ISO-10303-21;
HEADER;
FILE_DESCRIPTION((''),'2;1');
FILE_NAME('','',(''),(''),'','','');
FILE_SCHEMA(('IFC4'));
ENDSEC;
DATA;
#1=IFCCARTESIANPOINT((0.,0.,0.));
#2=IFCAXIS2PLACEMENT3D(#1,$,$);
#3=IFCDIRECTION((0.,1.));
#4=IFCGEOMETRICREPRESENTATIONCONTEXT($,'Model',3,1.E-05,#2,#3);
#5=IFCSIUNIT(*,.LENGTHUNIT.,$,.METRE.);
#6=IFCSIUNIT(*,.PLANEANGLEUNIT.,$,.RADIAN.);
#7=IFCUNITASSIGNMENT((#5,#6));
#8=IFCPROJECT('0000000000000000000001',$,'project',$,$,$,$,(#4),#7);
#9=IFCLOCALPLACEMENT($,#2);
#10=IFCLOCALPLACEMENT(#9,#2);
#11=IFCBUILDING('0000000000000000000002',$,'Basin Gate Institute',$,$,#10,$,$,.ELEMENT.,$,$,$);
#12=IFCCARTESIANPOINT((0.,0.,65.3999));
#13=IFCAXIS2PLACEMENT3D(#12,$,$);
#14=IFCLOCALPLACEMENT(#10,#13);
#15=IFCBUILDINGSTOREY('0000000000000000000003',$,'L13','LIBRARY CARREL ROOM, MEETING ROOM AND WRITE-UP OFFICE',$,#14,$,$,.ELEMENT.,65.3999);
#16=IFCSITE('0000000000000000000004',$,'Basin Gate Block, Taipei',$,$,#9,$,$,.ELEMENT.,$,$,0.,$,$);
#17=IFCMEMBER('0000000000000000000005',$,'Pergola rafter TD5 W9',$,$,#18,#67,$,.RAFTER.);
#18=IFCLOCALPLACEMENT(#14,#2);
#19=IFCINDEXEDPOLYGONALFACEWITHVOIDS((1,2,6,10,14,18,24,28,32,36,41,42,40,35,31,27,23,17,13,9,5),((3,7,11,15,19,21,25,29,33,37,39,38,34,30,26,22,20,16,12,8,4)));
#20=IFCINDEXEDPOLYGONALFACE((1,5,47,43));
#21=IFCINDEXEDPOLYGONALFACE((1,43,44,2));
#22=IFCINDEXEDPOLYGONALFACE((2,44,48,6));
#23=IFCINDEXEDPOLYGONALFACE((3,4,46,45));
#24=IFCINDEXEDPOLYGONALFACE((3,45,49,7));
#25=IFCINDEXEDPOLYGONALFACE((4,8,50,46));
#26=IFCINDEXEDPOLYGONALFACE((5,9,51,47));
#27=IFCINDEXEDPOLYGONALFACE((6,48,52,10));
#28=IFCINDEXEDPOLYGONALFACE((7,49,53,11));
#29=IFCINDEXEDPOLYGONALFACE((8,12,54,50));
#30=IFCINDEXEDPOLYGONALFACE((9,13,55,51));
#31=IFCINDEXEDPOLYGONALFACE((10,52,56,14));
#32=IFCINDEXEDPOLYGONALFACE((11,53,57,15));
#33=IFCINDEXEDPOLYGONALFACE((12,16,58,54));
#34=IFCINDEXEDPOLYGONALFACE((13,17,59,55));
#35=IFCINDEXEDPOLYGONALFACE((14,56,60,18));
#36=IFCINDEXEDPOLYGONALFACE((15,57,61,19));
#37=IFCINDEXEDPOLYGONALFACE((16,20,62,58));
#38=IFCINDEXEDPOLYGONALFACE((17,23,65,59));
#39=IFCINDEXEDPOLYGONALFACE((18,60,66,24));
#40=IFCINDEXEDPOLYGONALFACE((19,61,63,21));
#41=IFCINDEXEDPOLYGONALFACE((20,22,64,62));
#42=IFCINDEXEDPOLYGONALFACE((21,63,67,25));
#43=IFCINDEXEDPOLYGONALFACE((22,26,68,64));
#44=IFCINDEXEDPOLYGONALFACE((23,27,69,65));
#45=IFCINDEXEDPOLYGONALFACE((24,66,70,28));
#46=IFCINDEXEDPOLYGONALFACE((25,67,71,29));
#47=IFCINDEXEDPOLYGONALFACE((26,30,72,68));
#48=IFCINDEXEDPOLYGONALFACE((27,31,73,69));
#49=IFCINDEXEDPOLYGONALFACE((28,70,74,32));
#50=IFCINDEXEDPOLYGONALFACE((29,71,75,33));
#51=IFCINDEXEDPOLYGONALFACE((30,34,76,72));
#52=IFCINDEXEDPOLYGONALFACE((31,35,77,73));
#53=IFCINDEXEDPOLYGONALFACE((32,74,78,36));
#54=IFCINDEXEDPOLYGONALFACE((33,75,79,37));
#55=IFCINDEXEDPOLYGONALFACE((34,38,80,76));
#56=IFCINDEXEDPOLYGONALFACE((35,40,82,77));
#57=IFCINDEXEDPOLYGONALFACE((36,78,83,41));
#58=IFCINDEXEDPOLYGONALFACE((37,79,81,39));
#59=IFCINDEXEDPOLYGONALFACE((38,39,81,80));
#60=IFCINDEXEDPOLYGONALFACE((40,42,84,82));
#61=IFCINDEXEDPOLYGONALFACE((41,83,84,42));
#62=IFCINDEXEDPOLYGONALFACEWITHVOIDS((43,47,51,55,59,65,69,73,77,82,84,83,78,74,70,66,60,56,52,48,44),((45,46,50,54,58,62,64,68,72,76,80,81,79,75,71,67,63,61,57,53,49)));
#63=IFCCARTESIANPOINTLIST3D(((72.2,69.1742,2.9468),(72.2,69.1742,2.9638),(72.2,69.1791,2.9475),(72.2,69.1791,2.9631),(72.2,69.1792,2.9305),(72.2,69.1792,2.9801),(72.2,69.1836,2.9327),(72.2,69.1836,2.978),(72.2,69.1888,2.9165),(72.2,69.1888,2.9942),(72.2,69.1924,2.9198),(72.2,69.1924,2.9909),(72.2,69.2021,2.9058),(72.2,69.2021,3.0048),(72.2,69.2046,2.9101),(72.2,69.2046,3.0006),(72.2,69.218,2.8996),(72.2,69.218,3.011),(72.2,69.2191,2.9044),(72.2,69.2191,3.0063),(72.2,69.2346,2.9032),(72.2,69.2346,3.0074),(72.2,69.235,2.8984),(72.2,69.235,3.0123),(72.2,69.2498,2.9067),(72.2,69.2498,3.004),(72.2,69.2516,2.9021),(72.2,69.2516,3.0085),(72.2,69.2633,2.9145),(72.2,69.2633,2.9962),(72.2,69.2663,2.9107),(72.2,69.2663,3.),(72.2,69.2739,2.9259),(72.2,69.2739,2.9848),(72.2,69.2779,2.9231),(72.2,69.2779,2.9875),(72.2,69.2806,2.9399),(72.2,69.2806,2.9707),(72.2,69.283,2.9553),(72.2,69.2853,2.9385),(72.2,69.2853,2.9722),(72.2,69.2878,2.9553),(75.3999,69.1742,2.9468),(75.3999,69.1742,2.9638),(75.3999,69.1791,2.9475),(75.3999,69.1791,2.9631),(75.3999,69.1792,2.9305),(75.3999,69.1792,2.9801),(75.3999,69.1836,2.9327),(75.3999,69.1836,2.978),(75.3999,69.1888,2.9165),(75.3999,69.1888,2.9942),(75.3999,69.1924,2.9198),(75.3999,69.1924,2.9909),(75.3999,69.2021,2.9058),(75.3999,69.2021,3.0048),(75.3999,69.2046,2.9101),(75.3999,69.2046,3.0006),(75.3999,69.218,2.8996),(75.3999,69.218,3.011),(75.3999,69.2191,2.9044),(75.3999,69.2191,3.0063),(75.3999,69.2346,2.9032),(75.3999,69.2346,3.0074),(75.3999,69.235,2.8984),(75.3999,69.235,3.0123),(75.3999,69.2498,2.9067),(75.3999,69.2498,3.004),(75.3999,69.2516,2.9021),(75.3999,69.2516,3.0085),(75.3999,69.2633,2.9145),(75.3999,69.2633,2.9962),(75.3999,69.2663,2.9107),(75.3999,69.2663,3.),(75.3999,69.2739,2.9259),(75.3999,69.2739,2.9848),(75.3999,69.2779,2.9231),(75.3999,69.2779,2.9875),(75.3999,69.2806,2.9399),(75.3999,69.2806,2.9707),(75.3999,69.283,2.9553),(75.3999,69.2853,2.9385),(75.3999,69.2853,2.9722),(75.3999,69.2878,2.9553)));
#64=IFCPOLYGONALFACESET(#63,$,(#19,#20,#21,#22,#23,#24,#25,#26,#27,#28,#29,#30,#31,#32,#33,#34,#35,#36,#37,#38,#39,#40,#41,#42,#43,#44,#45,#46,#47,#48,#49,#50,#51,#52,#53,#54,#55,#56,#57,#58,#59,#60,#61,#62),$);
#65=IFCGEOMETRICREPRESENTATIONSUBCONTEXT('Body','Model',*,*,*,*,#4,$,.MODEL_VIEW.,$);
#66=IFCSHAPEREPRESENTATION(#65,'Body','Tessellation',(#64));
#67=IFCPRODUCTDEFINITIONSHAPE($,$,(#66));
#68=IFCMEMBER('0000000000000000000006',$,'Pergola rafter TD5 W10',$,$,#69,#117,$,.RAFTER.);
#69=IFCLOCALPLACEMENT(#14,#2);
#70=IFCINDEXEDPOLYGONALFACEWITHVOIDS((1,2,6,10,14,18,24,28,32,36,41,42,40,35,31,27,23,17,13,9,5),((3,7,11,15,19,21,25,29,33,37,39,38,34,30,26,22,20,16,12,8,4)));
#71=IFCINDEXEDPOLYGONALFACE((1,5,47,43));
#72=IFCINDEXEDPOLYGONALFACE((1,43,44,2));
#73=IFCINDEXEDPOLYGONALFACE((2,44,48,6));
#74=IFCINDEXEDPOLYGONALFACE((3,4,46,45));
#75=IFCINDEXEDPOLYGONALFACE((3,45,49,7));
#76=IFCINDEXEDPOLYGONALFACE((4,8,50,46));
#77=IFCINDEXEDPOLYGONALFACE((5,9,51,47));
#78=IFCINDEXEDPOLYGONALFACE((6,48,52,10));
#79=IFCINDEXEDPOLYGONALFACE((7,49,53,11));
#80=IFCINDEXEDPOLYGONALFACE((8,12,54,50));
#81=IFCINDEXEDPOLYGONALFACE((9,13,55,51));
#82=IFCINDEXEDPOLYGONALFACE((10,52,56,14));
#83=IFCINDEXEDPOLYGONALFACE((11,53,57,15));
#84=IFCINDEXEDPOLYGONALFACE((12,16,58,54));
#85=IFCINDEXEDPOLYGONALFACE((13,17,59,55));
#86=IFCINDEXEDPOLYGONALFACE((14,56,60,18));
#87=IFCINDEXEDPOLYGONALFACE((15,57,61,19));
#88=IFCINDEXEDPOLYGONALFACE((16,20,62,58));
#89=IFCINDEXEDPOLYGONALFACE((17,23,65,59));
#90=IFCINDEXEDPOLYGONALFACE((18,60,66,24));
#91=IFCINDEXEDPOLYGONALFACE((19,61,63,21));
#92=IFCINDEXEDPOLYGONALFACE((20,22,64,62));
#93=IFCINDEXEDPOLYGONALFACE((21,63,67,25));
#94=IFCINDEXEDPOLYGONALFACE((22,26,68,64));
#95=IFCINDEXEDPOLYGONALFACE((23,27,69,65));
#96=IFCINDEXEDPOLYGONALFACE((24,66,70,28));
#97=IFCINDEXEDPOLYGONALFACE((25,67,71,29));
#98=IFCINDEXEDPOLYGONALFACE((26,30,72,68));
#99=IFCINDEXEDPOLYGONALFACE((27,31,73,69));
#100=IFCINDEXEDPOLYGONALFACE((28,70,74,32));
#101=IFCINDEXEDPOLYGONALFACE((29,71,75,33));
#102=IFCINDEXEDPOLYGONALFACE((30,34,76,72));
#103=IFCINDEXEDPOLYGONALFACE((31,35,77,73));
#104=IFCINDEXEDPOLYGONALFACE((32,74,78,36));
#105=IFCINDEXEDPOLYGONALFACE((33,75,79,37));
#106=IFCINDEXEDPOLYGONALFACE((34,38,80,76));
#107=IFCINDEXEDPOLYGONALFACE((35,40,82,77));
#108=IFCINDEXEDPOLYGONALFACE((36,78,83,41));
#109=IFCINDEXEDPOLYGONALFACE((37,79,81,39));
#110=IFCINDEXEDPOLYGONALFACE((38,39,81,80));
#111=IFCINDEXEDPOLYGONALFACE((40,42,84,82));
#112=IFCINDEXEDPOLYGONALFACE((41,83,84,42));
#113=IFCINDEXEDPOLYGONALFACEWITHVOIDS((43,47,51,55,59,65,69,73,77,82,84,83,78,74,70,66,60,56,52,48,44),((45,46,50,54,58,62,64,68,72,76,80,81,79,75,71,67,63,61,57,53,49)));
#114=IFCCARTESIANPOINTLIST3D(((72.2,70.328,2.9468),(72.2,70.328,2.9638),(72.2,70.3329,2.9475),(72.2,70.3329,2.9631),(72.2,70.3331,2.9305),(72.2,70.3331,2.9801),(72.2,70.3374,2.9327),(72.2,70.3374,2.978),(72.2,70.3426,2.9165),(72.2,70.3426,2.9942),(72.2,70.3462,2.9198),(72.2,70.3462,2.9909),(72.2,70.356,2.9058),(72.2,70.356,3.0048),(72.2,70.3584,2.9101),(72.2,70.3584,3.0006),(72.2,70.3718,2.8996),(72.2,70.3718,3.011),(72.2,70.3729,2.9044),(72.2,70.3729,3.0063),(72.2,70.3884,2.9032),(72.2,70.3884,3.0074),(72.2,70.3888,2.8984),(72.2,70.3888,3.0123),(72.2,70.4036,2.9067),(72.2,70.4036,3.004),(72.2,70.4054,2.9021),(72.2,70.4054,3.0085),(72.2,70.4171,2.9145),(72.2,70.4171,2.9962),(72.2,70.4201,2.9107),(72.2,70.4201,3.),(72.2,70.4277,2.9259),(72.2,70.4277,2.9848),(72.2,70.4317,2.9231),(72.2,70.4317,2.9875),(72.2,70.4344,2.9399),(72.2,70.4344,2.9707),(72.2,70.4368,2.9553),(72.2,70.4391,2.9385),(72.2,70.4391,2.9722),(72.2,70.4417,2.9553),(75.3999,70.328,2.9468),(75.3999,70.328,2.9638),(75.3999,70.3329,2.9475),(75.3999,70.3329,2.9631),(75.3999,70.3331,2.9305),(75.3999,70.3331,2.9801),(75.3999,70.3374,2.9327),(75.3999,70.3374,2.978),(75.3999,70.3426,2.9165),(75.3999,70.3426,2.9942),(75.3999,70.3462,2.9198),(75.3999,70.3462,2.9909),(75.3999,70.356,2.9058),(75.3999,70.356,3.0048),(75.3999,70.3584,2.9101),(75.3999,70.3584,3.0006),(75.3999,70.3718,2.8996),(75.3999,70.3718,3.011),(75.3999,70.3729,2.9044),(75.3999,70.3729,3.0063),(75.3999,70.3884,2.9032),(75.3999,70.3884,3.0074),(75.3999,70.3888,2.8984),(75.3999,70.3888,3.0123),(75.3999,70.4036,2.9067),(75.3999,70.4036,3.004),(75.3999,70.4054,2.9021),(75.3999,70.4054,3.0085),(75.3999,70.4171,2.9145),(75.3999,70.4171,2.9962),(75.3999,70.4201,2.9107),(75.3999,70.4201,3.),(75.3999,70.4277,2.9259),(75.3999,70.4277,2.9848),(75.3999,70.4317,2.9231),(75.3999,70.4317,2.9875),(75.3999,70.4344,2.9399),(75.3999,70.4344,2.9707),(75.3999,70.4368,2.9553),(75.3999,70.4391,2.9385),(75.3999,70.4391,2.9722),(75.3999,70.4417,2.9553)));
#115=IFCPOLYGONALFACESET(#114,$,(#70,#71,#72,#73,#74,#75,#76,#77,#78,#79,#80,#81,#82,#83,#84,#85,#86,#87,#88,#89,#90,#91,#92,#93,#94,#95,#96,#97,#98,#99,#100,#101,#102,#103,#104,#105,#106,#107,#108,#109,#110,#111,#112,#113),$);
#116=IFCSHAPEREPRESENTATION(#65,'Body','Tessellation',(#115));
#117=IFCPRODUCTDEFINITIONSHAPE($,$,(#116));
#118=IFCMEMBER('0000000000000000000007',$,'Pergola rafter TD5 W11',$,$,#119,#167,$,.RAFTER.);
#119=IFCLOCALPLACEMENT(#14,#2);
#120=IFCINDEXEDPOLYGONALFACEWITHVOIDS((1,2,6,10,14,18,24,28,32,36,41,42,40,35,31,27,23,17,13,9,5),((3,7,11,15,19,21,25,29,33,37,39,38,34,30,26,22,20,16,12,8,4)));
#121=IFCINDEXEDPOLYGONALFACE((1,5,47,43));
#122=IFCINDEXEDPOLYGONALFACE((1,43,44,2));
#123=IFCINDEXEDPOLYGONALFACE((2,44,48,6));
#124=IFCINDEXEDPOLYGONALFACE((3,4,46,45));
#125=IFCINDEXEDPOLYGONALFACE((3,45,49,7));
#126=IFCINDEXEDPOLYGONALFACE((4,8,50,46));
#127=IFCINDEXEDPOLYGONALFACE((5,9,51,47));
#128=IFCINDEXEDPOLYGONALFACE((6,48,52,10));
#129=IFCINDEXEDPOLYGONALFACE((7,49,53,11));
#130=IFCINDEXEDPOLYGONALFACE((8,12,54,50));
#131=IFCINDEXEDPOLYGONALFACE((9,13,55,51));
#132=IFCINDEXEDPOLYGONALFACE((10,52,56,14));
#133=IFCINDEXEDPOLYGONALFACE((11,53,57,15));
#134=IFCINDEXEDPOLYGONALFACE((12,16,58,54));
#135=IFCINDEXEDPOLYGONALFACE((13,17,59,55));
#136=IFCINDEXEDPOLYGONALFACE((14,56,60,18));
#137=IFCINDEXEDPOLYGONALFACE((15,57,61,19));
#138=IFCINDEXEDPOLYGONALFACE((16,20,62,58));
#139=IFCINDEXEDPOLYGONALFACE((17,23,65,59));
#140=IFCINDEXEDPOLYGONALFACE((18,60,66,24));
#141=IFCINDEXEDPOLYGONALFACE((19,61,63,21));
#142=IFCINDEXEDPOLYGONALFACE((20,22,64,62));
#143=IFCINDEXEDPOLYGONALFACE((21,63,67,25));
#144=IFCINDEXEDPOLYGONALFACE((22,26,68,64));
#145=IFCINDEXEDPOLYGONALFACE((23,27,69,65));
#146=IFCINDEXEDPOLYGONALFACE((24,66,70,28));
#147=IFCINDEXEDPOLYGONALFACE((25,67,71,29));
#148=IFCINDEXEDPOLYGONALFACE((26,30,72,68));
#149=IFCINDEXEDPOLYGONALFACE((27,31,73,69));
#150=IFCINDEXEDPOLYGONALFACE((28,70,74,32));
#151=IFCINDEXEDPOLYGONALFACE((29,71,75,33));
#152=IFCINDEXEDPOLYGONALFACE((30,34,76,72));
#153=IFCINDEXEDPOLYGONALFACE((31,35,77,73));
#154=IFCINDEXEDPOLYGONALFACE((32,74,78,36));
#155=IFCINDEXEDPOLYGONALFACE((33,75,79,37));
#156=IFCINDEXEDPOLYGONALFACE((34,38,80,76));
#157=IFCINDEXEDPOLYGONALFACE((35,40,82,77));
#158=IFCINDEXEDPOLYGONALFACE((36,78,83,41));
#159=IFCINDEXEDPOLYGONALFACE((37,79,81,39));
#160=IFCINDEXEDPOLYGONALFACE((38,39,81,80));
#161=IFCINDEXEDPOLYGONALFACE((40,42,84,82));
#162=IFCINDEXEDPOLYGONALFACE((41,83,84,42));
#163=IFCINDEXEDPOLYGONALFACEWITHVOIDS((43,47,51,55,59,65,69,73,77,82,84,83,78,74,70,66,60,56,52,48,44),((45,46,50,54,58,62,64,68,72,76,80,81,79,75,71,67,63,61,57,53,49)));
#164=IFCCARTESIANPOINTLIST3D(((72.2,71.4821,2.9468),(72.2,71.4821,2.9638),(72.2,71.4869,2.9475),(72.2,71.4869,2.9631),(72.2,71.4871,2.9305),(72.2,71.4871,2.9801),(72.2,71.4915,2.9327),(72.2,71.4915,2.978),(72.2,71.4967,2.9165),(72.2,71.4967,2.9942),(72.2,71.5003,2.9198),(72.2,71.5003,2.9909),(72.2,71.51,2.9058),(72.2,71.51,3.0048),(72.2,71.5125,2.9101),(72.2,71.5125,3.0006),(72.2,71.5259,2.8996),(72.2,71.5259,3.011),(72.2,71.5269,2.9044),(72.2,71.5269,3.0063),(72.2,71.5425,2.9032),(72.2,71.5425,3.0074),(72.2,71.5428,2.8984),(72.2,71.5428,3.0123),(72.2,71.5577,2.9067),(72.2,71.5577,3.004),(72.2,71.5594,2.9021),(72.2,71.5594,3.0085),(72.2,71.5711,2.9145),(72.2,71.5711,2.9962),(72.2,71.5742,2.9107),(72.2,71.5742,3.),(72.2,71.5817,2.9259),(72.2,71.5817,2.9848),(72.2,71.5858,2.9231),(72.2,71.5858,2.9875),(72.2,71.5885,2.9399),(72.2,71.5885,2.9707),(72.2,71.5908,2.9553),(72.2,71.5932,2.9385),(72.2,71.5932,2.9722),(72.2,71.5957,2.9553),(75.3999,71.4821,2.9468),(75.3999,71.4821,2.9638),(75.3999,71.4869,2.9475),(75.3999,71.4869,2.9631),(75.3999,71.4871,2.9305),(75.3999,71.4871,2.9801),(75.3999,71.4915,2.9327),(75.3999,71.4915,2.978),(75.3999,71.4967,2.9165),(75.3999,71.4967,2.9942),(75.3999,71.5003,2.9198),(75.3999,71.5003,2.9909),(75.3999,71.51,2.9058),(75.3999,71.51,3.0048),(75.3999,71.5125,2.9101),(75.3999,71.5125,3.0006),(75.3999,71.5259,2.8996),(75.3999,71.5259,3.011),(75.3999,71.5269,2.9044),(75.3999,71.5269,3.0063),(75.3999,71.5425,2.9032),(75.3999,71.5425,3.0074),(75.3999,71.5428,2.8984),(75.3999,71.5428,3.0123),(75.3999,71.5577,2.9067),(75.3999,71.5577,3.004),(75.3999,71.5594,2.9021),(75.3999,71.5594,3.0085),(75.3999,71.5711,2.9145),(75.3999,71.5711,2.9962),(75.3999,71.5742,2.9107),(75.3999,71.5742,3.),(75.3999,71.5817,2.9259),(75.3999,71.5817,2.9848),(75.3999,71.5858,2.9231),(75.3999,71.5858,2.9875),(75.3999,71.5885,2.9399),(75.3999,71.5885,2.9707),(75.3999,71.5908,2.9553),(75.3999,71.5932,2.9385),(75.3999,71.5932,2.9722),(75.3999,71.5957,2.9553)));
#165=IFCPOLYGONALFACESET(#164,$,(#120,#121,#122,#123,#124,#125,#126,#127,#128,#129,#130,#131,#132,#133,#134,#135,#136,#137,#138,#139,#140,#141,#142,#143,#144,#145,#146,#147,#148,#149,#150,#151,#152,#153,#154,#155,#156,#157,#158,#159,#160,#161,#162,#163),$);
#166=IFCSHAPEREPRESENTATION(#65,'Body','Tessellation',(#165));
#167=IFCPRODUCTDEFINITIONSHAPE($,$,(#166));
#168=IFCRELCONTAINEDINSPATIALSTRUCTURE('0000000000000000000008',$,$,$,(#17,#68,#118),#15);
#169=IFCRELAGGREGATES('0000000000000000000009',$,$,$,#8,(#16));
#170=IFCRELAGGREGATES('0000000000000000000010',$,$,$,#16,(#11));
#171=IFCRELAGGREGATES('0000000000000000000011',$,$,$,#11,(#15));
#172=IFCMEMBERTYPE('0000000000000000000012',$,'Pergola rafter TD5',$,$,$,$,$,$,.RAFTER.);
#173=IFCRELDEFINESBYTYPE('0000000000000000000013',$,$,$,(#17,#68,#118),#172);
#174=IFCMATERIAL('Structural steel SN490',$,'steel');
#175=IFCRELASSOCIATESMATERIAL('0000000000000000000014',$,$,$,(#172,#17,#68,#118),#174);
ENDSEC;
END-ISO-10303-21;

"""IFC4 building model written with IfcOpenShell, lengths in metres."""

from ifc_helpers import new_model, si_unit, direction, frame, origin, origin_2d, place, context, subcontext, project, spatial, hollow_circle, extrude, material, material_profile, profile_set, type_object, element, save


model = new_model("IFC4")

# Units and contexts
model_context = context("Model", 3, precision=1e-05, world=origin(), true_north=direction((0.0, 1.0)))
body_context = subcontext(model_context, "Body", "Model", "MODEL_VIEW")
ifc_project = project(units=[si_unit("LENGTHUNIT", "METRE"), si_unit("PLANEANGLEUNIT", "RADIAN")], contexts=[model_context])

# Site, building, storey
site_placement = place(None, origin())
site = spatial("IfcSite", under=ifc_project, at=site_placement, Name="Basin Gate Block, Taipei", CompositionType="ELEMENT", RefElevation=0.0)
building_placement = place(site_placement, origin())
building = spatial("IfcBuilding", under=site, at=building_placement, Name="Basin Gate Institute", CompositionType="ELEMENT")
storey_placement = place(building_placement, frame((0.0, 0.0, 65.3999)))
storey = spatial("IfcBuildingStorey", under=building, at=storey_placement, Name="L13", Description="LIBRARY CARREL ROOM, MEETING ROOM AND WRITE-UP OFFICE", CompositionType="ELEMENT", Elevation=65.3999)

# Members
ifc_material_1 = material(Name="Structural steel SN490", Category="steel")
ifc_material_profile_1 = material_profile(ifc_material_1, hollow_circle(Radius=0.0571, WallThickness=0.0049, at=origin_2d()), Name="CHS114x5")
ifc_profile_set_1 = profile_set([ifc_material_profile_1], Name="Structural steel SN490")
member_type = type_object("IfcMemberType", Name="Pergola rafter TD5", PredefinedType="RAFTER", material=ifc_profile_set_1)
for number, where, z_axis, x_axis, name in (
    (1, (72.2, 69.2307, 2.9553), (1.0, 0.0, 0.0), (0.0, 1.0, 0.0), "Pergola rafter TD5 W9"),
    (2, (72.2, 70.3845, 2.9553), (1.0, 0.0, 0.0), (0.0, 1.0, 0.0), "Pergola rafter TD5 W10"),
    (3, (72.2, 71.5386, 2.9553), (1.0, 0.0, 0.0), (0.0, 1.0, 0.0), "Pergola rafter TD5 W11"),
):
    element("IfcMember", number, at=place(storey_placement, frame(where, z_axis=z_axis, x_axis=x_axis)), inside=storey, type_object=member_type, material=ifc_profile_set_1, Name=name, PredefinedType="RAFTER", context=body_context, shape_type="SweptSolid", body=[
        extrude(hollow_circle(Radius=0.0571, WallThickness=0.0049, at=origin_2d()), origin(), (0.0, 0.0, 1.0), 3.2),
    ])

save(model, "model.ifc")
